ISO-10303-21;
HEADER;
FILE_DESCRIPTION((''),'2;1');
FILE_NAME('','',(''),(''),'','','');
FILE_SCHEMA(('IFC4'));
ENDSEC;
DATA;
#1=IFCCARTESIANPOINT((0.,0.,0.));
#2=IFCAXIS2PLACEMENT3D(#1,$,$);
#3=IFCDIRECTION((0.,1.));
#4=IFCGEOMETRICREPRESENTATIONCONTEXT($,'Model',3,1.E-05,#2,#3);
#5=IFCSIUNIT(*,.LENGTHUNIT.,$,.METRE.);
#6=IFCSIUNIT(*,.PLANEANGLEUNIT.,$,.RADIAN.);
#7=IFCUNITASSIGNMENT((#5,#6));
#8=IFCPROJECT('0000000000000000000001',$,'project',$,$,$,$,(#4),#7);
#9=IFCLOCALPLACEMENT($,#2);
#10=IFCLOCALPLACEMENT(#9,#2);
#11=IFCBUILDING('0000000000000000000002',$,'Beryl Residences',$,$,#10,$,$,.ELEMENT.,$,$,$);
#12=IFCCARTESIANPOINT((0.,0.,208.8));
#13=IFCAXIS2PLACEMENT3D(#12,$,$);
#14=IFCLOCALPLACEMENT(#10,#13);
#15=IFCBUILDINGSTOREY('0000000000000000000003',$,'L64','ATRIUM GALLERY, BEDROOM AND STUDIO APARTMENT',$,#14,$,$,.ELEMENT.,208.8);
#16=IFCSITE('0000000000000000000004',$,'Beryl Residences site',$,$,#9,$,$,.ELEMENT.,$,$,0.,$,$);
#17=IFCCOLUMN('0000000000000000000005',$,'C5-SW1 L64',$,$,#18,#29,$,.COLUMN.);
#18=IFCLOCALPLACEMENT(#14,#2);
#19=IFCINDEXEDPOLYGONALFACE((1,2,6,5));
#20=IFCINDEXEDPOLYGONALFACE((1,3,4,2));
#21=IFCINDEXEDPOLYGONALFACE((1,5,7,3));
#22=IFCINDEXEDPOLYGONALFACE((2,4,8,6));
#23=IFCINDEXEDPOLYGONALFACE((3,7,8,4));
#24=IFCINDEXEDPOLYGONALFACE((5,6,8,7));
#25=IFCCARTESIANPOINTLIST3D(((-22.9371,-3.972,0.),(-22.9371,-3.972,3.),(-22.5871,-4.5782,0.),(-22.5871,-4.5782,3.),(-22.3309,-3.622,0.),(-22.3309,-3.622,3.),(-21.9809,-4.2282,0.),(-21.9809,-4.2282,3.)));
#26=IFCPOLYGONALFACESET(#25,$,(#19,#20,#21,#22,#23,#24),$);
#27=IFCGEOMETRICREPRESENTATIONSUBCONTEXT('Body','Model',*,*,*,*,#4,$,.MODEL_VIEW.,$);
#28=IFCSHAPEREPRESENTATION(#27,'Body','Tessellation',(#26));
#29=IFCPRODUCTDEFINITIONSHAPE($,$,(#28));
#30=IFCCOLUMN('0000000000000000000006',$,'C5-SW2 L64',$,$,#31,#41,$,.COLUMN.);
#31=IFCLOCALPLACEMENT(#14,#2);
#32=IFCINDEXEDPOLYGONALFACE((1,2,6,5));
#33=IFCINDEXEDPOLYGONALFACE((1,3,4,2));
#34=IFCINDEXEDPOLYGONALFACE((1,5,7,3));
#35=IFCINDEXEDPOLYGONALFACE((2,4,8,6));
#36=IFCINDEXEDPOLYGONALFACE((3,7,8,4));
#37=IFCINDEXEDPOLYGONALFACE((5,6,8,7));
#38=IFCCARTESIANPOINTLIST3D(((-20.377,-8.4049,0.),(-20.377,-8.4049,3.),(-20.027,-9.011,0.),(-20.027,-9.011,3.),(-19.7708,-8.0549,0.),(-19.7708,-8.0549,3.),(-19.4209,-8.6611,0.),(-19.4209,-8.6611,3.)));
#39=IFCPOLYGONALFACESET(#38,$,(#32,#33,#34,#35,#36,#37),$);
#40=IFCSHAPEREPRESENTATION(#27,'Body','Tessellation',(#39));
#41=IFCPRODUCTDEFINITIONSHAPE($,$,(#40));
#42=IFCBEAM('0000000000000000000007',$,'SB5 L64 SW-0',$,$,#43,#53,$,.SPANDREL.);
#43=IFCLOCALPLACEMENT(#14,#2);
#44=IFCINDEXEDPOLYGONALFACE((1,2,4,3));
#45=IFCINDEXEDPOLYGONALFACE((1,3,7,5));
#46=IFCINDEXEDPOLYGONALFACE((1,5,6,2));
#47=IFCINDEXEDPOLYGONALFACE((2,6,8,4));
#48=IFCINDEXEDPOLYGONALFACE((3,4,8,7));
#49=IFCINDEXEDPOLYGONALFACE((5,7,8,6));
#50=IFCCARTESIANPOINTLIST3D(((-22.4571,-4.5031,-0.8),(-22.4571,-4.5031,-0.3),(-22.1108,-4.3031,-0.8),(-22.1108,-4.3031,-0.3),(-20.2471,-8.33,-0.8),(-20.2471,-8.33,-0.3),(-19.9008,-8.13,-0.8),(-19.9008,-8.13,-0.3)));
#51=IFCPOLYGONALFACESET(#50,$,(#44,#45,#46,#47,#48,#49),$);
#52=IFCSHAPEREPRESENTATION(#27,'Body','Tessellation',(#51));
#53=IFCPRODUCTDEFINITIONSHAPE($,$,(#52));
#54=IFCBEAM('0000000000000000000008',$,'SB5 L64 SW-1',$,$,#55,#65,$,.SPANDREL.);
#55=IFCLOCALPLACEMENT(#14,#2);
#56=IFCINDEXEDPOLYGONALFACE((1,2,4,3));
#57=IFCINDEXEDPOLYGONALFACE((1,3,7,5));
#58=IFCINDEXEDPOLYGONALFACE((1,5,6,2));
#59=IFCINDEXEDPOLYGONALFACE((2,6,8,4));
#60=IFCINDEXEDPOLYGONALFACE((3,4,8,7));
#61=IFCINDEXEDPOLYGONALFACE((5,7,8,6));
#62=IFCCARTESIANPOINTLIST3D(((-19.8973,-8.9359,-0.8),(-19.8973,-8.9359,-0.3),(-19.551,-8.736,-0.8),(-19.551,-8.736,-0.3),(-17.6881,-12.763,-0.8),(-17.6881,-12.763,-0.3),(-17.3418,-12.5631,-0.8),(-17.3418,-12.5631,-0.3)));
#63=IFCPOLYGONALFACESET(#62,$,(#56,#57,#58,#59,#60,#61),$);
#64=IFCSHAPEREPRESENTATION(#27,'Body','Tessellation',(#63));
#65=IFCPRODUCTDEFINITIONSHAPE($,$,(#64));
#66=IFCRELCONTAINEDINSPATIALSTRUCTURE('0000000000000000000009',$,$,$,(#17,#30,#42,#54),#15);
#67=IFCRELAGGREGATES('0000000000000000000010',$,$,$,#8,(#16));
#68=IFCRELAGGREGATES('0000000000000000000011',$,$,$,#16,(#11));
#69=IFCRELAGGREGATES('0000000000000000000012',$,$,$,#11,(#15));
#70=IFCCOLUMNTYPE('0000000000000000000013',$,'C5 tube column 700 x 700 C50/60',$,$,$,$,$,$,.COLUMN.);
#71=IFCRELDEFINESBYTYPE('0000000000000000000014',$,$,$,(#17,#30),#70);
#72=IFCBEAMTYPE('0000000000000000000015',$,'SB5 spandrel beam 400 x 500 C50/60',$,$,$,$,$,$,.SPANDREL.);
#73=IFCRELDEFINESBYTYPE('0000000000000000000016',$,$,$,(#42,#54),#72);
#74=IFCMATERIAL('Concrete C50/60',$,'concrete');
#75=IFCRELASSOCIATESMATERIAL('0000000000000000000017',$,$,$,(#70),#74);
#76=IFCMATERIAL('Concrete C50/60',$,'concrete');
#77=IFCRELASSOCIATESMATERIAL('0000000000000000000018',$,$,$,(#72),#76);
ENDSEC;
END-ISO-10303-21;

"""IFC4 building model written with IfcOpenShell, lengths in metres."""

from ifc_helpers import new_model, si_unit, direction, frame, origin, origin_2d, place, context, subcontext, project, spatial, rectangle, extrude, material, material_profile, profile_set, type_object, element, save


model = new_model("IFC4")

# Units and contexts
model_context = context("Model", 3, precision=1e-05, world=origin(), true_north=direction((0.0, 1.0)))
body_context = subcontext(model_context, "Body", "Model", "MODEL_VIEW")
ifc_project = project(units=[si_unit("LENGTHUNIT", "METRE"), si_unit("PLANEANGLEUNIT", "RADIAN")], contexts=[model_context])

# Site, building, storey
site_placement = place(None, origin())
site = spatial("IfcSite", under=ifc_project, at=site_placement, Name="Beryl Residences site", CompositionType="ELEMENT", RefElevation=0.0)
building_placement = place(site_placement, origin())
building = spatial("IfcBuilding", under=site, at=building_placement, Name="Beryl Residences", CompositionType="ELEMENT")
storey_placement = place(building_placement, frame((0.0, 0.0, 208.8)))
storey = spatial("IfcBuildingStorey", under=building, at=storey_placement, Name="L64", Description="ATRIUM GALLERY, BEDROOM AND STUDIO APARTMENT", CompositionType="ELEMENT", Elevation=208.8)

# Columns
ifc_material_1 = material(Name="Concrete C50/60", Category="concrete")
ifc_material_profile_1 = material_profile(ifc_material_1, rectangle(XDim=0.7, YDim=0.7, at=origin_2d()))
ifc_profile_set_1 = profile_set([ifc_material_profile_1], Name="Concrete C50/60")
column_type = type_object("IfcColumnType", Name="C5 tube column 700 x 700 C50/60", PredefinedType="COLUMN", material=ifc_profile_set_1)
for number, where, z_axis, x_axis, name in (
    (1, (-22.459, -4.1001, 0.0), (0.0, 0.0, 1.0), (0.499985, -0.866034, 0.0), "C5-SW1 L64"),
    (2, (-19.8989, -8.533, 0.0), (0.0, 0.0, 1.0), (0.499985, -0.866034, 0.0), "C5-SW2 L64"),
):
    element("IfcColumn", number, at=place(storey_placement, frame(where, z_axis=z_axis, x_axis=x_axis)), inside=storey, type_object=column_type, Name=name, PredefinedType="COLUMN", context=body_context, shape_type="SweptSolid", body=[
        extrude(rectangle(XDim=0.7, YDim=0.7, at=origin_2d()), origin(), (0.0, 0.0, 1.0), 3.0),
    ])

# Beams
ifc_material_2 = material(Name="Concrete C50/60", Category="concrete")
ifc_material_profile_2 = material_profile(ifc_material_2, rectangle(XDim=0.3999, YDim=0.5, at=origin_2d()))
ifc_profile_set_2 = profile_set([ifc_material_profile_2], Name="Concrete C50/60")
beam_type = type_object("IfcBeamType", Name="SB5 spandrel beam 400 x 500 C50/60", PredefinedType="SPANDREL", material=ifc_profile_set_2)
beam_1_placement = place(storey_placement, frame((-22.2839, -4.4031, -0.55), z_axis=(0.500084, -0.865977, 0.0), x_axis=(0.865977, 0.500084, 0.0)))
element("IfcBeam", 3, at=beam_1_placement, inside=storey, type_object=beam_type, Name="SB5 L64 SW-0", PredefinedType="SPANDREL", context=body_context, shape_type="SweptSolid", body=[
    extrude(rectangle(XDim=0.3999, YDim=0.5, at=origin_2d()), origin(), (0.0, 0.0, 1.0), 4.4192),
])
beam_2_placement = place(storey_placement, frame((-19.7241, -8.8359, -0.55), z_axis=(0.499936, -0.866062, 0.0), x_axis=(0.866062, 0.499936, 0.0)))
element("IfcBeam", 4, at=beam_2_placement, inside=storey, type_object=beam_type, Name="SB5 L64 SW-1", PredefinedType="SPANDREL", context=body_context, shape_type="SweptSolid", body=[
    extrude(rectangle(XDim=0.3999, YDim=0.5, at=origin_2d()), origin(), (0.0, 0.0, 1.0), 4.4189),
])

save(model, "model.ifc")
